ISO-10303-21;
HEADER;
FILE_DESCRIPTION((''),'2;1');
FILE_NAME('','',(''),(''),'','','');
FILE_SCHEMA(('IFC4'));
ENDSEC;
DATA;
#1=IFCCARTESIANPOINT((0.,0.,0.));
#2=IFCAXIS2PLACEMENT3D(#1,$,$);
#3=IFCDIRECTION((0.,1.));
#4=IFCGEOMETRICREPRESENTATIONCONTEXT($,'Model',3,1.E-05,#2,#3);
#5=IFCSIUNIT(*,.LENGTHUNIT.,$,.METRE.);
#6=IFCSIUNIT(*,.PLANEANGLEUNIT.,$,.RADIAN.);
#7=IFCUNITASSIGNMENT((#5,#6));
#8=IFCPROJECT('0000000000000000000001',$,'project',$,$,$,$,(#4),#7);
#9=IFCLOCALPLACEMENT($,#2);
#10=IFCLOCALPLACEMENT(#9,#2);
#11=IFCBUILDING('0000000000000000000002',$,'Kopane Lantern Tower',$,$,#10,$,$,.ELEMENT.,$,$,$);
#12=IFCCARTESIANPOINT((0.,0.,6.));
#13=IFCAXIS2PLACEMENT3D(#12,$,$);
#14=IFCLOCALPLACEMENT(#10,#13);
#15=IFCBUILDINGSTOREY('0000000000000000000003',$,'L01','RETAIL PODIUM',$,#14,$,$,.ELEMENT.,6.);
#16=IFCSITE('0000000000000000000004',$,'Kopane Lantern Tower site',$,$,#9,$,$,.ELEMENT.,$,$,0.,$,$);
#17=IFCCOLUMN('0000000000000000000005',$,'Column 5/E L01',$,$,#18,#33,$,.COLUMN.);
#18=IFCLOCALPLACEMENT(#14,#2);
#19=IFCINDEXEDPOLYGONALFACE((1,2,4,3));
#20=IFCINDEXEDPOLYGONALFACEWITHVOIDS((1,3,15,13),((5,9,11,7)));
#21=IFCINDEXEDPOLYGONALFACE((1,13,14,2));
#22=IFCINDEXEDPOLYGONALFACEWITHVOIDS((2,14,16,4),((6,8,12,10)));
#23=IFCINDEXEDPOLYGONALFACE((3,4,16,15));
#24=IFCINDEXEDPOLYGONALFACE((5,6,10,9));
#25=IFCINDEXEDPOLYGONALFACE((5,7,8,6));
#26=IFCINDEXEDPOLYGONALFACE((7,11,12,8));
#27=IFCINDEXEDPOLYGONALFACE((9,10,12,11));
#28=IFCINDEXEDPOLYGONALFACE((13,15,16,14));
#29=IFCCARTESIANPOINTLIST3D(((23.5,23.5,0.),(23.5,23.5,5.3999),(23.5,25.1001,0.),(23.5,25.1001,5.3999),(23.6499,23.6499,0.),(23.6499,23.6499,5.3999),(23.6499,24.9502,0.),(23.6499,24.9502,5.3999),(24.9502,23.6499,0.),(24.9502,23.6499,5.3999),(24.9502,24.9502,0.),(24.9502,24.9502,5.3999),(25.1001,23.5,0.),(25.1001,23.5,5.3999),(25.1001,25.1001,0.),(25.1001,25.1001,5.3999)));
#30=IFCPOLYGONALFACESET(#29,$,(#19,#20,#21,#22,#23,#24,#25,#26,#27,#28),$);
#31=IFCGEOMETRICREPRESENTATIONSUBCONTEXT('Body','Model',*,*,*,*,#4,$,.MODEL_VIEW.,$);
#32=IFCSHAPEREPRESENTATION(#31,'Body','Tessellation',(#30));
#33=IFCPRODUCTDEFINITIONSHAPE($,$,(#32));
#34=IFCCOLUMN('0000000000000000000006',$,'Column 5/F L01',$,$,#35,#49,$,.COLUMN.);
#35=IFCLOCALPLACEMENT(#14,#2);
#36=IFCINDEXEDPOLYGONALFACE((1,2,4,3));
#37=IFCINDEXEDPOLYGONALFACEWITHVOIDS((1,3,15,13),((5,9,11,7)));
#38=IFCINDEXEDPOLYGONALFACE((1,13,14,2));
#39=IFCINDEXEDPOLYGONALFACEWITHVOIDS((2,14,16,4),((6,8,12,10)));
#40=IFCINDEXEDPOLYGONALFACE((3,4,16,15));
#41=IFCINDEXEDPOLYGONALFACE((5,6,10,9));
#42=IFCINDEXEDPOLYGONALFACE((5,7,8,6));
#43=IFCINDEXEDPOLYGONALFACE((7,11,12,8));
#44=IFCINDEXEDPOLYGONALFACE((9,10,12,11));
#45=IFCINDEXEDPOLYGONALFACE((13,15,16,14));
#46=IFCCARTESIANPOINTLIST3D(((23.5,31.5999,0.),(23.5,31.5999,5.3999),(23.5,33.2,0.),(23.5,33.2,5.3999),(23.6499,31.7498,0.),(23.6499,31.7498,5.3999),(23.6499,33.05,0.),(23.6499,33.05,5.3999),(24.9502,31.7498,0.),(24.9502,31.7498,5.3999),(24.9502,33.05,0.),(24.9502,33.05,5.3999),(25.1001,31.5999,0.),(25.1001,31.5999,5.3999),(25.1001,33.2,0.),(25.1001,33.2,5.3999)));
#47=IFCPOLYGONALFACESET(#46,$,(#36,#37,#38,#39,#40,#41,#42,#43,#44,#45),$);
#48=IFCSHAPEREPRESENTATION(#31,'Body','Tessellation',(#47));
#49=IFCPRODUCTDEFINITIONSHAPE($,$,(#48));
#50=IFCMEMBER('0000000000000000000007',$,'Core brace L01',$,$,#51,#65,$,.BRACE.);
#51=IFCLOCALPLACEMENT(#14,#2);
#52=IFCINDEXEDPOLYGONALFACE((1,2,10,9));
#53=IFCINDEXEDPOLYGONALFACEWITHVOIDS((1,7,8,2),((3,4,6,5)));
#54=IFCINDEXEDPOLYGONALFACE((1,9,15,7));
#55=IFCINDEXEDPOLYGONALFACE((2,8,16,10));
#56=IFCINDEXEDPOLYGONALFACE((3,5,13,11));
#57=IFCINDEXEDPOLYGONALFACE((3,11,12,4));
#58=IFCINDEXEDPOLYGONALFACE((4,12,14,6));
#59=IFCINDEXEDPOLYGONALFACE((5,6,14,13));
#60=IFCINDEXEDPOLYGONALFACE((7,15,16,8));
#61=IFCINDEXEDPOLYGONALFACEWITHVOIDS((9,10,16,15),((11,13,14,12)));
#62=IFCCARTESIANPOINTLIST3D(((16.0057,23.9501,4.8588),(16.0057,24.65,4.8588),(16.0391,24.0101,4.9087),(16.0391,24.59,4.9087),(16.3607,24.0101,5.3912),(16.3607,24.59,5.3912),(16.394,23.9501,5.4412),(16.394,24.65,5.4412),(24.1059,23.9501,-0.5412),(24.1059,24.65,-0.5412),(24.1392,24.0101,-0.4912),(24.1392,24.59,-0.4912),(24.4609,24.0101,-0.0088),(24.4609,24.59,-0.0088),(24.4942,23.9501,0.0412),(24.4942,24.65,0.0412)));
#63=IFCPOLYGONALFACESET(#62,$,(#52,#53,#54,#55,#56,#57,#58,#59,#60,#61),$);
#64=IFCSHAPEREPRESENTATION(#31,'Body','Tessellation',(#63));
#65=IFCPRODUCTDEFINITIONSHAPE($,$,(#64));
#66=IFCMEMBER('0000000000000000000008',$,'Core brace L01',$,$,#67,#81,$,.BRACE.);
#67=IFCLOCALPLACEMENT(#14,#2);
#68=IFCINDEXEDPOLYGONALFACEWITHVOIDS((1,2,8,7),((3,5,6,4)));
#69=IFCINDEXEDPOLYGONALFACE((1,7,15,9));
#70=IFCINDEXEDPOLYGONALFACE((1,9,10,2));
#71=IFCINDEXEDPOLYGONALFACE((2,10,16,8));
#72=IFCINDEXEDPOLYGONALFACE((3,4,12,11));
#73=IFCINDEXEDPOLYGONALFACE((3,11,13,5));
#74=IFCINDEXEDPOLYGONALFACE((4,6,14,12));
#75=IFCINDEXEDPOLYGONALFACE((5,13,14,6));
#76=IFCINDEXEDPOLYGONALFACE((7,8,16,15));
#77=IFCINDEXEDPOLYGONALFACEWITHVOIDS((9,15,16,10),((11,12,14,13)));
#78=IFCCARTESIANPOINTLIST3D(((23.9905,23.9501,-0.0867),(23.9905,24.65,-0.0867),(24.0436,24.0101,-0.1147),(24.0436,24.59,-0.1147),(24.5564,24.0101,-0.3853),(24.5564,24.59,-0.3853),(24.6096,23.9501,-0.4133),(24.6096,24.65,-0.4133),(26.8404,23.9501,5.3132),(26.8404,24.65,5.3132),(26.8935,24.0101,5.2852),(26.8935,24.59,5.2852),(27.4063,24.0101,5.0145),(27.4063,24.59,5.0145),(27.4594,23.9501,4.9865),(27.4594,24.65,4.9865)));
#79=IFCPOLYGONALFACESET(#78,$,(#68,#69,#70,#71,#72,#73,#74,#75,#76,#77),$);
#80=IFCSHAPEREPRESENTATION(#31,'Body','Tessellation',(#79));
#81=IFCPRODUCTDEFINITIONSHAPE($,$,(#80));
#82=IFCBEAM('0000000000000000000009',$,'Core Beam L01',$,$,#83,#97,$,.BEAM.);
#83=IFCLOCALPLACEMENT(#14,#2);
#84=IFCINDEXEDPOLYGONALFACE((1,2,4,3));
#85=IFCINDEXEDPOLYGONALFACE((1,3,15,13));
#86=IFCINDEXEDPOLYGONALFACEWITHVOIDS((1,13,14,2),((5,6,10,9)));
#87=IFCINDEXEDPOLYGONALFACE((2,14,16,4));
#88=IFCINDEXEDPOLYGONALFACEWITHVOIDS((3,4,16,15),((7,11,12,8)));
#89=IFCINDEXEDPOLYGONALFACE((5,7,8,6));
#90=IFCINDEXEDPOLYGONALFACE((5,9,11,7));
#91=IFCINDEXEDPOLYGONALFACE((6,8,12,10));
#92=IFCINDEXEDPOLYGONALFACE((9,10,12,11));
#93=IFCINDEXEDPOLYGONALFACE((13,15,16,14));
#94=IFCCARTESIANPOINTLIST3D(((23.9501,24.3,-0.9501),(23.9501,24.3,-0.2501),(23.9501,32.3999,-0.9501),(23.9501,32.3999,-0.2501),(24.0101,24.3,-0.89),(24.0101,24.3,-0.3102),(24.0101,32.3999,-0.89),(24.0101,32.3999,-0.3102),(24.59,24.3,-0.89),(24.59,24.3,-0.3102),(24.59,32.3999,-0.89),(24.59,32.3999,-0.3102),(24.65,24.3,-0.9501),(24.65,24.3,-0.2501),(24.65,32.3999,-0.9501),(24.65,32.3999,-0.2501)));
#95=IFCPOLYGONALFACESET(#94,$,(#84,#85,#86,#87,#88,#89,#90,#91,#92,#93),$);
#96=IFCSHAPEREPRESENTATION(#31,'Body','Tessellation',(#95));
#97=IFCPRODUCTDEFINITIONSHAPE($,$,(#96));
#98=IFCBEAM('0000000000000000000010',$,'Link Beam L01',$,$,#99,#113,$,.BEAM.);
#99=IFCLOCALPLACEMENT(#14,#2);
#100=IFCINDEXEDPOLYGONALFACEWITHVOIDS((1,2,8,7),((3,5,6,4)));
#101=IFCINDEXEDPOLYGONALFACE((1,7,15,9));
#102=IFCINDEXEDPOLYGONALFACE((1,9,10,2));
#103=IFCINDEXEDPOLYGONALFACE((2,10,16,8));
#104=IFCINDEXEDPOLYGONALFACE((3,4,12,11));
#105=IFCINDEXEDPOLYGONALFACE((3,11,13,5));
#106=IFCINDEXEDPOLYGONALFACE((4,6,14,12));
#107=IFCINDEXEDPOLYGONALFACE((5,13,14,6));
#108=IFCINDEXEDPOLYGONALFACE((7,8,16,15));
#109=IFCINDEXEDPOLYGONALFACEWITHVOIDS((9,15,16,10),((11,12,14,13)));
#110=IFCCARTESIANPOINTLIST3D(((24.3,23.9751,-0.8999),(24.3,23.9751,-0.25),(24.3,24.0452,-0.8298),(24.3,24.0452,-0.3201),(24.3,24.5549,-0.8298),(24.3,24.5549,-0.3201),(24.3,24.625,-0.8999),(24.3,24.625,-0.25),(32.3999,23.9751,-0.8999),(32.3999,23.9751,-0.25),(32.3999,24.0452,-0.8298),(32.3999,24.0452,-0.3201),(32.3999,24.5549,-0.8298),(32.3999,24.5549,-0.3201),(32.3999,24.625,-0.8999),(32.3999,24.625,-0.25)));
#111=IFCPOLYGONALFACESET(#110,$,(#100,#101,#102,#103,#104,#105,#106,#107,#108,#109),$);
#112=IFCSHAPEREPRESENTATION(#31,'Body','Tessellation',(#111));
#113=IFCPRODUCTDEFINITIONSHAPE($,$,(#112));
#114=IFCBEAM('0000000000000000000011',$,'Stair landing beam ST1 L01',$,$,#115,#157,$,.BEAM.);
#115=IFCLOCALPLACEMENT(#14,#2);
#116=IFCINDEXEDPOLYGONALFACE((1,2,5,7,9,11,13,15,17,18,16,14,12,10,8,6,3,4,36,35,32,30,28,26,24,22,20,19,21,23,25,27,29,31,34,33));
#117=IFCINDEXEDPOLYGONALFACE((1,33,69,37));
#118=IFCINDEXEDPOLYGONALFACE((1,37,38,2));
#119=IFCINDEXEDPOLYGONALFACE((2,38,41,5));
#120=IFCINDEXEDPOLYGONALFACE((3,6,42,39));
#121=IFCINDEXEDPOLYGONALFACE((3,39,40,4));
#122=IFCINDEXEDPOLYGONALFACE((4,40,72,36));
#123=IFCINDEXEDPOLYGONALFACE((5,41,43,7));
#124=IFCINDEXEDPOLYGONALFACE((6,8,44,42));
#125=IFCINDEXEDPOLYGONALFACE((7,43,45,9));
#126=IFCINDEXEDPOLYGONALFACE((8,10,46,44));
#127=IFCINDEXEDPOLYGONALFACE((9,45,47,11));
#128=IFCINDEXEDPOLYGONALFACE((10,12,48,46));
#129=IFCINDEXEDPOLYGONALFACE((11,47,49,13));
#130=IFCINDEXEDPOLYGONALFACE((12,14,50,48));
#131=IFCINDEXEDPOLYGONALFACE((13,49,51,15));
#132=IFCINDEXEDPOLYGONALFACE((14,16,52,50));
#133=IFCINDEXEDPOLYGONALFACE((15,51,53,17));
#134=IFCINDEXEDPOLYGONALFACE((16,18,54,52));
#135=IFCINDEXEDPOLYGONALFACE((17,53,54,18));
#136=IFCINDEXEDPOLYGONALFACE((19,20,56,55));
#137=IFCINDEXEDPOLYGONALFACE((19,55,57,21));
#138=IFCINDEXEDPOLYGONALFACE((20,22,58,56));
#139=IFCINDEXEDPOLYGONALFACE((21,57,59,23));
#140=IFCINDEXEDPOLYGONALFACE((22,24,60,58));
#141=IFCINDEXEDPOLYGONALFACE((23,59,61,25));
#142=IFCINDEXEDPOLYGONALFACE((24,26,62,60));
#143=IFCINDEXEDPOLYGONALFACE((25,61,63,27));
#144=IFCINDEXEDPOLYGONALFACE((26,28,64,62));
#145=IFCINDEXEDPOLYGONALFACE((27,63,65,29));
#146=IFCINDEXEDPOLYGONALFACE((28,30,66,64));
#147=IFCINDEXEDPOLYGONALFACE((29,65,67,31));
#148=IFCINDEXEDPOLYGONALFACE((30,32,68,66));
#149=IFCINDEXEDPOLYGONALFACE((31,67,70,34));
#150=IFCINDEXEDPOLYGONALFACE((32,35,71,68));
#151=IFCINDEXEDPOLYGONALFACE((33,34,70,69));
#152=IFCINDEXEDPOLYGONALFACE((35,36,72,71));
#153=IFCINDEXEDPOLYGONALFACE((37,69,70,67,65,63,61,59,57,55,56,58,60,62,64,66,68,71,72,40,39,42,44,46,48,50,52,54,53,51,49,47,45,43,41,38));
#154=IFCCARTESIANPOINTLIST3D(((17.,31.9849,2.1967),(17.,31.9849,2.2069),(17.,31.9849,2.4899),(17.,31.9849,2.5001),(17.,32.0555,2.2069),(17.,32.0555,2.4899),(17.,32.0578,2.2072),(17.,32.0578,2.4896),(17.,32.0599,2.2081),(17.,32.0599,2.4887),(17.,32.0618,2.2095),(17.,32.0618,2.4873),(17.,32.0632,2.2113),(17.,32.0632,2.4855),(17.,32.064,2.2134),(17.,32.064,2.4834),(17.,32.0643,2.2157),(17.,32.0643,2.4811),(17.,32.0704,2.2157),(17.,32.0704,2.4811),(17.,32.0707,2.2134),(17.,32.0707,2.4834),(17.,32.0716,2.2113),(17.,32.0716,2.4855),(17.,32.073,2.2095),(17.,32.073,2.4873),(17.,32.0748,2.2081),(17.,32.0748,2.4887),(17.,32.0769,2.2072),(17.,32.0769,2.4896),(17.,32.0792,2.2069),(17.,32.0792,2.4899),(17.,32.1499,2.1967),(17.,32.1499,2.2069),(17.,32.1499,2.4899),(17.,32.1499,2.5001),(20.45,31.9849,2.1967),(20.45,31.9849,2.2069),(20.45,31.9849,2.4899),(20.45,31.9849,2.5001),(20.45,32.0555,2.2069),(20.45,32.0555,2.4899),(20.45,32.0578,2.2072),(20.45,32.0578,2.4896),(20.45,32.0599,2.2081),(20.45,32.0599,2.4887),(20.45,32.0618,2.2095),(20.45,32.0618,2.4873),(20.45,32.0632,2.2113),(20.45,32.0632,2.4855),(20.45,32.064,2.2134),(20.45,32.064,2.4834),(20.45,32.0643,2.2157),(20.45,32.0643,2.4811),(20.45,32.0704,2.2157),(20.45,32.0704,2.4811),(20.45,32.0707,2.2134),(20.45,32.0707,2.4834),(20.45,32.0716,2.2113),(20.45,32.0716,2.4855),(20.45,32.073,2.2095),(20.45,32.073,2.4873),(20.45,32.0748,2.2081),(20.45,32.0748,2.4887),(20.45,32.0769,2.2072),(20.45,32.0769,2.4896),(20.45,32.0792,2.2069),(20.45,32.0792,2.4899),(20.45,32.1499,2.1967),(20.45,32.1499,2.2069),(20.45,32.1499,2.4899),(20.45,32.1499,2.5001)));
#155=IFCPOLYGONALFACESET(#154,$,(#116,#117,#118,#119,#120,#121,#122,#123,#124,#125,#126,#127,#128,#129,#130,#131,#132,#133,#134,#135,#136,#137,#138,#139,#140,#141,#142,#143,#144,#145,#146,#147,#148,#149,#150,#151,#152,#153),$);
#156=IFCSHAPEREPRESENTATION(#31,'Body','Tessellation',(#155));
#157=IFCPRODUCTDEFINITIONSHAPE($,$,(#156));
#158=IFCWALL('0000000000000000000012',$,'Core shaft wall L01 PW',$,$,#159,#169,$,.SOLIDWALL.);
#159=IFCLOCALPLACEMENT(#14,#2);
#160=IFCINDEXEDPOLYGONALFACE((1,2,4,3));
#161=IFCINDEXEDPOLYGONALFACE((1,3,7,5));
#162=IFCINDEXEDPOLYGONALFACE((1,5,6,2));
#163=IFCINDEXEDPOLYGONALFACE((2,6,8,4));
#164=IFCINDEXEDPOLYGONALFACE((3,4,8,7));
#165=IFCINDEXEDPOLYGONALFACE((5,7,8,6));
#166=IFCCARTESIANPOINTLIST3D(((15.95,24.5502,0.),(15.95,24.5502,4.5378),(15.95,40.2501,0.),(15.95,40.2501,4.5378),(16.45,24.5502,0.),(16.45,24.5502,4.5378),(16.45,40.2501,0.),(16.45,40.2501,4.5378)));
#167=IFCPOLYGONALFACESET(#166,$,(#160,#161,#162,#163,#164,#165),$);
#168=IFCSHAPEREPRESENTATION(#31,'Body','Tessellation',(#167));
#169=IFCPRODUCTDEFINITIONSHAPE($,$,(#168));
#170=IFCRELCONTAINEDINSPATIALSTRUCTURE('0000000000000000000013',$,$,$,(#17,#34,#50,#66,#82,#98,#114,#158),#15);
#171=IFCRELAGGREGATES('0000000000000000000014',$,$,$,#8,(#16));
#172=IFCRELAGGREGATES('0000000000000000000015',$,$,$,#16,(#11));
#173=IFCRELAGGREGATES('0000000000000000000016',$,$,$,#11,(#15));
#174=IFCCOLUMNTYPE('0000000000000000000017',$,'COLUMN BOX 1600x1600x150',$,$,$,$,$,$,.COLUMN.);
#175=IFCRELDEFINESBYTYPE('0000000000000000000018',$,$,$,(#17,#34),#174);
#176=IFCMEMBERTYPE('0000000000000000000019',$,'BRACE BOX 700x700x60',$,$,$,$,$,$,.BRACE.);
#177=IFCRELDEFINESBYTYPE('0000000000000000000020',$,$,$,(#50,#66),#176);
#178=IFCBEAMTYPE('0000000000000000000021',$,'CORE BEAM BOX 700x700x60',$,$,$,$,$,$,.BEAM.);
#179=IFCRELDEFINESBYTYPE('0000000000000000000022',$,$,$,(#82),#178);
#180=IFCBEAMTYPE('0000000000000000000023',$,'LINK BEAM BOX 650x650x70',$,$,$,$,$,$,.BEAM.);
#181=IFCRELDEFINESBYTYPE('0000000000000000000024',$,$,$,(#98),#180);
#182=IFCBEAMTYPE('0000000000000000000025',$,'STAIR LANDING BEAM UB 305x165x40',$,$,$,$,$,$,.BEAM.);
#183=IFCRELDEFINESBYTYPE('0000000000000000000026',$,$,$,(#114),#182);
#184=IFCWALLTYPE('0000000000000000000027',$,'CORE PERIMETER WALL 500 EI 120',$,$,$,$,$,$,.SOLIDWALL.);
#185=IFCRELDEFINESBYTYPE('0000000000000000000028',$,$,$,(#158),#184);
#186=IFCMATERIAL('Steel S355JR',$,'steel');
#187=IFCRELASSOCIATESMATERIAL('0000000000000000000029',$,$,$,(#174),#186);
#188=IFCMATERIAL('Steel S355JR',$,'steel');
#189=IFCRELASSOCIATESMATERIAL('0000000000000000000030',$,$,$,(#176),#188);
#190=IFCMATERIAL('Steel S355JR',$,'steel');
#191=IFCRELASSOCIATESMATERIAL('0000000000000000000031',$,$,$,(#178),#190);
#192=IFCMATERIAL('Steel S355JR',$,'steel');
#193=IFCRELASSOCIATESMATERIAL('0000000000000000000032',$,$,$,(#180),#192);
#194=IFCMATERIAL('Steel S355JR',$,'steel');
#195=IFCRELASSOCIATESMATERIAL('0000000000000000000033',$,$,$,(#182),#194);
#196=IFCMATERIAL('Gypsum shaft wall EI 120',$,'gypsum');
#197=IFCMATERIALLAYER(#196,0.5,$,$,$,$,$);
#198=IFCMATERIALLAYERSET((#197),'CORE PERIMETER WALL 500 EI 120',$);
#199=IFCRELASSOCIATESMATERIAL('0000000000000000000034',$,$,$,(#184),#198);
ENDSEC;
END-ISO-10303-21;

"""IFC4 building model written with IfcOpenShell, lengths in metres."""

from ifc_helpers import new_model, si_unit, direction, frame, frame_2d, origin, origin_2d, place, context, subcontext, project, spatial, rectangle, hollow_rectangle, i_section, extrude, material, layer, layer_set, material_profile, profile_set, type_object, element, save


model = new_model("IFC4")

# Units and contexts
model_context = context("Model", 3, precision=1e-05, world=origin(), true_north=direction((0.0, 1.0)))
body_context = subcontext(model_context, "Body", "Model", "MODEL_VIEW")
ifc_project = project(units=[si_unit("LENGTHUNIT", "METRE"), si_unit("PLANEANGLEUNIT", "RADIAN")], contexts=[model_context])

# Site, building, storey
site_placement = place(None, origin())
site = spatial("IfcSite", under=ifc_project, at=site_placement, Name="Kopane Lantern Tower site", CompositionType="ELEMENT", RefElevation=0.0)
building_placement = place(site_placement, origin())
building = spatial("IfcBuilding", under=site, at=building_placement, Name="Kopane Lantern Tower", CompositionType="ELEMENT")
storey_placement = place(building_placement, frame((0.0, 0.0, 6.0)))
storey = spatial("IfcBuildingStorey", under=building, at=storey_placement, Name="L01", Description="RETAIL PODIUM", CompositionType="ELEMENT", Elevation=6.0)

# Columns
ifc_material_1 = material(Name="Steel S355JR", Category="steel")
ifc_material_profile_1 = material_profile(ifc_material_1, hollow_rectangle(XDim=1.6001, YDim=1.6001, WallThickness=0.1499, at=origin_2d()), Name="BOX 1600x1600x150")
ifc_profile_set_1 = profile_set([ifc_material_profile_1], Name="Steel S355JR")
column_type = type_object("IfcColumnType", Name="COLUMN BOX 1600x1600x150", PredefinedType="COLUMN", material=ifc_profile_set_1)
for number, where, z_axis, x_axis, name in (
    (1, (24.3, 24.3, 0.0), (0.0, 0.0, 1.0), (1.0, 0.0, 0.0), "Column 5/E L01"),
    (2, (24.3, 32.3999, 0.0), (0.0, 0.0, 1.0), (1.0, 0.0, 0.0), "Column 5/F L01"),
):
    element("IfcColumn", number, at=place(storey_placement, frame(where, z_axis=z_axis, x_axis=x_axis)), inside=storey, type_object=column_type, Name=name, PredefinedType="COLUMN", context=body_context, shape_type="SweptSolid", body=[
        extrude(hollow_rectangle(XDim=1.6001, YDim=1.6001, WallThickness=0.1499, at=origin_2d()), origin(), (0.0, 0.0, 1.0), 5.3999),
    ])

# Members
ifc_material_2 = material(Name="Steel S355JR", Category="steel")
ifc_material_profile_2 = material_profile(ifc_material_2, hollow_rectangle(XDim=0.7, YDim=0.7, WallThickness=0.0601, at=origin_2d()), Name="BOX 700x700x60")
ifc_profile_set_2 = profile_set([ifc_material_profile_2], Name="Steel S355JR")
member_type = type_object("IfcMemberType", Name="BRACE BOX 700x700x60", PredefinedType="BRACE", material=ifc_profile_set_2)
member_1_placement = place(storey_placement, frame((24.3, 24.3, -0.25), z_axis=(-0.832058, 0.0, 0.554689), x_axis=(0.0, -1.0, 0.0)))
element("IfcMember", 3, at=member_1_placement, inside=storey, type_object=member_type, Name="Core brace L01", PredefinedType="BRACE", context=body_context, shape_type="SweptSolid", body=[
    extrude(hollow_rectangle(XDim=0.7, YDim=0.7, WallThickness=0.0601, at=origin_2d()), origin(), (0.0, 0.0, 1.0), 9.7351),
])
member_2_placement = place(storey_placement, frame((24.3, 24.3, -0.25), z_axis=(0.466746, 0.0, 0.884391), x_axis=(0.0, 1.0, 0.0)))
element("IfcMember", 4, at=member_2_placement, inside=storey, type_object=member_type, Name="Core brace L01", PredefinedType="BRACE", context=body_context, shape_type="SweptSolid", body=[
    extrude(hollow_rectangle(XDim=0.7, YDim=0.7, WallThickness=0.0601, at=origin_2d()), origin(), (0.0, 0.0, 1.0), 6.1057),
])

# Beams
ifc_material_3 = material(Name="Steel S355JR", Category="steel")
ifc_material_profile_3 = material_profile(ifc_material_3, hollow_rectangle(XDim=0.7, YDim=0.7, WallThickness=0.0601, at=origin_2d()), Name="BOX 700x700x60")
ifc_profile_set_3 = profile_set([ifc_material_profile_3], Name="Steel S355JR")
beam_type_1 = type_object("IfcBeamType", Name="CORE BEAM BOX 700x700x60", PredefinedType="BEAM", material=ifc_profile_set_3)
beam_1_placement = place(storey_placement, frame((24.3, 24.3, -0.6001), z_axis=(0.0, 1.0, 0.0), x_axis=(-1.0, 0.0, 0.0)))
element("IfcBeam", 5, at=beam_1_placement, inside=storey, type_object=beam_type_1, Name="Core Beam L01", PredefinedType="BEAM", context=body_context, shape_type="SweptSolid", body=[
    extrude(hollow_rectangle(XDim=0.7, YDim=0.7, WallThickness=0.0601, at=origin_2d()), origin(), (0.0, 0.0, 1.0), 8.0999),
])
ifc_material_4 = material(Name="Steel S355JR", Category="steel")
ifc_material_profile_4 = material_profile(ifc_material_4, hollow_rectangle(XDim=0.6499, YDim=0.6499, WallThickness=0.0701, at=origin_2d()), Name="BOX 650x650x70")
ifc_profile_set_4 = profile_set([ifc_material_profile_4], Name="Steel S355JR")
beam_type_2 = type_object("IfcBeamType", Name="LINK BEAM BOX 650x650x70", PredefinedType="BEAM", material=ifc_profile_set_4)
beam_2_placement = place(storey_placement, frame((24.3, 24.3, -0.575), z_axis=(1.0, 0.0, 0.0), x_axis=(0.0, 1.0, 0.0)))
element("IfcBeam", 6, at=beam_2_placement, inside=storey, type_object=beam_type_2, Name="Link Beam L01", PredefinedType="BEAM", context=body_context, shape_type="SweptSolid", body=[
    extrude(hollow_rectangle(XDim=0.6499, YDim=0.6499, WallThickness=0.0701, at=origin_2d()), origin(), (0.0, 0.0, 1.0), 8.0999),
])
ifc_material_5 = material(Name="Steel S355JR", Category="steel")
ifc_material_profile_5 = material_profile(ifc_material_5, i_section(OverallWidth=0.165, OverallDepth=0.3035, WebThickness=0.0061, FlangeThickness=0.0103, FilletRadius=0.0088, at=origin_2d()), Name="UB 305x165x40")
ifc_profile_set_5 = profile_set([ifc_material_profile_5], Name="Steel S355JR")
beam_type_3 = type_object("IfcBeamType", Name="STAIR LANDING BEAM UB 305x165x40", PredefinedType="BEAM", material=ifc_profile_set_5)
beam_3_placement = place(storey_placement, frame((17.0, 32.0674, 2.3484), z_axis=(1.0, 0.0, 0.0), x_axis=(0.0, 1.0, 0.0)))
element("IfcBeam", 7, at=beam_3_placement, inside=storey, type_object=beam_type_3, Name="Stair landing beam ST1 L01", PredefinedType="BEAM", context=body_context, shape_type="SweptSolid", body=[
    extrude(i_section(OverallWidth=0.165, OverallDepth=0.3035, WebThickness=0.0061, FlangeThickness=0.0103, FilletRadius=0.0088, at=origin_2d()), origin(), (0.0, 0.0, 1.0), 3.45),
])

# Wall
ifc_material_6 = material(Name="Gypsum shaft wall EI 120", Category="gypsum")
ifc_layer_1 = layer(ifc_material_6, 0.5)
ifc_layer_set_1 = layer_set([ifc_layer_1], Name="CORE PERIMETER WALL 500 EI 120")
wall_type_1 = type_object("IfcWallType", Name="CORE PERIMETER WALL 500 EI 120", PredefinedType="SOLIDWALL", material=ifc_layer_set_1)
wall_1_placement = place(storey_placement, frame((16.2, 24.55, 0.0), z_axis=(0.0, 0.0, 1.0), x_axis=(0.0, 1.0, 0.0)))
element("IfcWall", 8, at=wall_1_placement, inside=storey, type_object=wall_type_1, Name="Core shaft wall L01 PW", PredefinedType="SOLIDWALL", context=body_context, shape_type="SweptSolid", body=[
    extrude(rectangle(XDim=15.7, YDim=0.5, at=frame_2d((7.8501, 0.0))), origin(), (0.0, 0.0, 1.0), 4.5378),
])

save(model, "model.ifc")
